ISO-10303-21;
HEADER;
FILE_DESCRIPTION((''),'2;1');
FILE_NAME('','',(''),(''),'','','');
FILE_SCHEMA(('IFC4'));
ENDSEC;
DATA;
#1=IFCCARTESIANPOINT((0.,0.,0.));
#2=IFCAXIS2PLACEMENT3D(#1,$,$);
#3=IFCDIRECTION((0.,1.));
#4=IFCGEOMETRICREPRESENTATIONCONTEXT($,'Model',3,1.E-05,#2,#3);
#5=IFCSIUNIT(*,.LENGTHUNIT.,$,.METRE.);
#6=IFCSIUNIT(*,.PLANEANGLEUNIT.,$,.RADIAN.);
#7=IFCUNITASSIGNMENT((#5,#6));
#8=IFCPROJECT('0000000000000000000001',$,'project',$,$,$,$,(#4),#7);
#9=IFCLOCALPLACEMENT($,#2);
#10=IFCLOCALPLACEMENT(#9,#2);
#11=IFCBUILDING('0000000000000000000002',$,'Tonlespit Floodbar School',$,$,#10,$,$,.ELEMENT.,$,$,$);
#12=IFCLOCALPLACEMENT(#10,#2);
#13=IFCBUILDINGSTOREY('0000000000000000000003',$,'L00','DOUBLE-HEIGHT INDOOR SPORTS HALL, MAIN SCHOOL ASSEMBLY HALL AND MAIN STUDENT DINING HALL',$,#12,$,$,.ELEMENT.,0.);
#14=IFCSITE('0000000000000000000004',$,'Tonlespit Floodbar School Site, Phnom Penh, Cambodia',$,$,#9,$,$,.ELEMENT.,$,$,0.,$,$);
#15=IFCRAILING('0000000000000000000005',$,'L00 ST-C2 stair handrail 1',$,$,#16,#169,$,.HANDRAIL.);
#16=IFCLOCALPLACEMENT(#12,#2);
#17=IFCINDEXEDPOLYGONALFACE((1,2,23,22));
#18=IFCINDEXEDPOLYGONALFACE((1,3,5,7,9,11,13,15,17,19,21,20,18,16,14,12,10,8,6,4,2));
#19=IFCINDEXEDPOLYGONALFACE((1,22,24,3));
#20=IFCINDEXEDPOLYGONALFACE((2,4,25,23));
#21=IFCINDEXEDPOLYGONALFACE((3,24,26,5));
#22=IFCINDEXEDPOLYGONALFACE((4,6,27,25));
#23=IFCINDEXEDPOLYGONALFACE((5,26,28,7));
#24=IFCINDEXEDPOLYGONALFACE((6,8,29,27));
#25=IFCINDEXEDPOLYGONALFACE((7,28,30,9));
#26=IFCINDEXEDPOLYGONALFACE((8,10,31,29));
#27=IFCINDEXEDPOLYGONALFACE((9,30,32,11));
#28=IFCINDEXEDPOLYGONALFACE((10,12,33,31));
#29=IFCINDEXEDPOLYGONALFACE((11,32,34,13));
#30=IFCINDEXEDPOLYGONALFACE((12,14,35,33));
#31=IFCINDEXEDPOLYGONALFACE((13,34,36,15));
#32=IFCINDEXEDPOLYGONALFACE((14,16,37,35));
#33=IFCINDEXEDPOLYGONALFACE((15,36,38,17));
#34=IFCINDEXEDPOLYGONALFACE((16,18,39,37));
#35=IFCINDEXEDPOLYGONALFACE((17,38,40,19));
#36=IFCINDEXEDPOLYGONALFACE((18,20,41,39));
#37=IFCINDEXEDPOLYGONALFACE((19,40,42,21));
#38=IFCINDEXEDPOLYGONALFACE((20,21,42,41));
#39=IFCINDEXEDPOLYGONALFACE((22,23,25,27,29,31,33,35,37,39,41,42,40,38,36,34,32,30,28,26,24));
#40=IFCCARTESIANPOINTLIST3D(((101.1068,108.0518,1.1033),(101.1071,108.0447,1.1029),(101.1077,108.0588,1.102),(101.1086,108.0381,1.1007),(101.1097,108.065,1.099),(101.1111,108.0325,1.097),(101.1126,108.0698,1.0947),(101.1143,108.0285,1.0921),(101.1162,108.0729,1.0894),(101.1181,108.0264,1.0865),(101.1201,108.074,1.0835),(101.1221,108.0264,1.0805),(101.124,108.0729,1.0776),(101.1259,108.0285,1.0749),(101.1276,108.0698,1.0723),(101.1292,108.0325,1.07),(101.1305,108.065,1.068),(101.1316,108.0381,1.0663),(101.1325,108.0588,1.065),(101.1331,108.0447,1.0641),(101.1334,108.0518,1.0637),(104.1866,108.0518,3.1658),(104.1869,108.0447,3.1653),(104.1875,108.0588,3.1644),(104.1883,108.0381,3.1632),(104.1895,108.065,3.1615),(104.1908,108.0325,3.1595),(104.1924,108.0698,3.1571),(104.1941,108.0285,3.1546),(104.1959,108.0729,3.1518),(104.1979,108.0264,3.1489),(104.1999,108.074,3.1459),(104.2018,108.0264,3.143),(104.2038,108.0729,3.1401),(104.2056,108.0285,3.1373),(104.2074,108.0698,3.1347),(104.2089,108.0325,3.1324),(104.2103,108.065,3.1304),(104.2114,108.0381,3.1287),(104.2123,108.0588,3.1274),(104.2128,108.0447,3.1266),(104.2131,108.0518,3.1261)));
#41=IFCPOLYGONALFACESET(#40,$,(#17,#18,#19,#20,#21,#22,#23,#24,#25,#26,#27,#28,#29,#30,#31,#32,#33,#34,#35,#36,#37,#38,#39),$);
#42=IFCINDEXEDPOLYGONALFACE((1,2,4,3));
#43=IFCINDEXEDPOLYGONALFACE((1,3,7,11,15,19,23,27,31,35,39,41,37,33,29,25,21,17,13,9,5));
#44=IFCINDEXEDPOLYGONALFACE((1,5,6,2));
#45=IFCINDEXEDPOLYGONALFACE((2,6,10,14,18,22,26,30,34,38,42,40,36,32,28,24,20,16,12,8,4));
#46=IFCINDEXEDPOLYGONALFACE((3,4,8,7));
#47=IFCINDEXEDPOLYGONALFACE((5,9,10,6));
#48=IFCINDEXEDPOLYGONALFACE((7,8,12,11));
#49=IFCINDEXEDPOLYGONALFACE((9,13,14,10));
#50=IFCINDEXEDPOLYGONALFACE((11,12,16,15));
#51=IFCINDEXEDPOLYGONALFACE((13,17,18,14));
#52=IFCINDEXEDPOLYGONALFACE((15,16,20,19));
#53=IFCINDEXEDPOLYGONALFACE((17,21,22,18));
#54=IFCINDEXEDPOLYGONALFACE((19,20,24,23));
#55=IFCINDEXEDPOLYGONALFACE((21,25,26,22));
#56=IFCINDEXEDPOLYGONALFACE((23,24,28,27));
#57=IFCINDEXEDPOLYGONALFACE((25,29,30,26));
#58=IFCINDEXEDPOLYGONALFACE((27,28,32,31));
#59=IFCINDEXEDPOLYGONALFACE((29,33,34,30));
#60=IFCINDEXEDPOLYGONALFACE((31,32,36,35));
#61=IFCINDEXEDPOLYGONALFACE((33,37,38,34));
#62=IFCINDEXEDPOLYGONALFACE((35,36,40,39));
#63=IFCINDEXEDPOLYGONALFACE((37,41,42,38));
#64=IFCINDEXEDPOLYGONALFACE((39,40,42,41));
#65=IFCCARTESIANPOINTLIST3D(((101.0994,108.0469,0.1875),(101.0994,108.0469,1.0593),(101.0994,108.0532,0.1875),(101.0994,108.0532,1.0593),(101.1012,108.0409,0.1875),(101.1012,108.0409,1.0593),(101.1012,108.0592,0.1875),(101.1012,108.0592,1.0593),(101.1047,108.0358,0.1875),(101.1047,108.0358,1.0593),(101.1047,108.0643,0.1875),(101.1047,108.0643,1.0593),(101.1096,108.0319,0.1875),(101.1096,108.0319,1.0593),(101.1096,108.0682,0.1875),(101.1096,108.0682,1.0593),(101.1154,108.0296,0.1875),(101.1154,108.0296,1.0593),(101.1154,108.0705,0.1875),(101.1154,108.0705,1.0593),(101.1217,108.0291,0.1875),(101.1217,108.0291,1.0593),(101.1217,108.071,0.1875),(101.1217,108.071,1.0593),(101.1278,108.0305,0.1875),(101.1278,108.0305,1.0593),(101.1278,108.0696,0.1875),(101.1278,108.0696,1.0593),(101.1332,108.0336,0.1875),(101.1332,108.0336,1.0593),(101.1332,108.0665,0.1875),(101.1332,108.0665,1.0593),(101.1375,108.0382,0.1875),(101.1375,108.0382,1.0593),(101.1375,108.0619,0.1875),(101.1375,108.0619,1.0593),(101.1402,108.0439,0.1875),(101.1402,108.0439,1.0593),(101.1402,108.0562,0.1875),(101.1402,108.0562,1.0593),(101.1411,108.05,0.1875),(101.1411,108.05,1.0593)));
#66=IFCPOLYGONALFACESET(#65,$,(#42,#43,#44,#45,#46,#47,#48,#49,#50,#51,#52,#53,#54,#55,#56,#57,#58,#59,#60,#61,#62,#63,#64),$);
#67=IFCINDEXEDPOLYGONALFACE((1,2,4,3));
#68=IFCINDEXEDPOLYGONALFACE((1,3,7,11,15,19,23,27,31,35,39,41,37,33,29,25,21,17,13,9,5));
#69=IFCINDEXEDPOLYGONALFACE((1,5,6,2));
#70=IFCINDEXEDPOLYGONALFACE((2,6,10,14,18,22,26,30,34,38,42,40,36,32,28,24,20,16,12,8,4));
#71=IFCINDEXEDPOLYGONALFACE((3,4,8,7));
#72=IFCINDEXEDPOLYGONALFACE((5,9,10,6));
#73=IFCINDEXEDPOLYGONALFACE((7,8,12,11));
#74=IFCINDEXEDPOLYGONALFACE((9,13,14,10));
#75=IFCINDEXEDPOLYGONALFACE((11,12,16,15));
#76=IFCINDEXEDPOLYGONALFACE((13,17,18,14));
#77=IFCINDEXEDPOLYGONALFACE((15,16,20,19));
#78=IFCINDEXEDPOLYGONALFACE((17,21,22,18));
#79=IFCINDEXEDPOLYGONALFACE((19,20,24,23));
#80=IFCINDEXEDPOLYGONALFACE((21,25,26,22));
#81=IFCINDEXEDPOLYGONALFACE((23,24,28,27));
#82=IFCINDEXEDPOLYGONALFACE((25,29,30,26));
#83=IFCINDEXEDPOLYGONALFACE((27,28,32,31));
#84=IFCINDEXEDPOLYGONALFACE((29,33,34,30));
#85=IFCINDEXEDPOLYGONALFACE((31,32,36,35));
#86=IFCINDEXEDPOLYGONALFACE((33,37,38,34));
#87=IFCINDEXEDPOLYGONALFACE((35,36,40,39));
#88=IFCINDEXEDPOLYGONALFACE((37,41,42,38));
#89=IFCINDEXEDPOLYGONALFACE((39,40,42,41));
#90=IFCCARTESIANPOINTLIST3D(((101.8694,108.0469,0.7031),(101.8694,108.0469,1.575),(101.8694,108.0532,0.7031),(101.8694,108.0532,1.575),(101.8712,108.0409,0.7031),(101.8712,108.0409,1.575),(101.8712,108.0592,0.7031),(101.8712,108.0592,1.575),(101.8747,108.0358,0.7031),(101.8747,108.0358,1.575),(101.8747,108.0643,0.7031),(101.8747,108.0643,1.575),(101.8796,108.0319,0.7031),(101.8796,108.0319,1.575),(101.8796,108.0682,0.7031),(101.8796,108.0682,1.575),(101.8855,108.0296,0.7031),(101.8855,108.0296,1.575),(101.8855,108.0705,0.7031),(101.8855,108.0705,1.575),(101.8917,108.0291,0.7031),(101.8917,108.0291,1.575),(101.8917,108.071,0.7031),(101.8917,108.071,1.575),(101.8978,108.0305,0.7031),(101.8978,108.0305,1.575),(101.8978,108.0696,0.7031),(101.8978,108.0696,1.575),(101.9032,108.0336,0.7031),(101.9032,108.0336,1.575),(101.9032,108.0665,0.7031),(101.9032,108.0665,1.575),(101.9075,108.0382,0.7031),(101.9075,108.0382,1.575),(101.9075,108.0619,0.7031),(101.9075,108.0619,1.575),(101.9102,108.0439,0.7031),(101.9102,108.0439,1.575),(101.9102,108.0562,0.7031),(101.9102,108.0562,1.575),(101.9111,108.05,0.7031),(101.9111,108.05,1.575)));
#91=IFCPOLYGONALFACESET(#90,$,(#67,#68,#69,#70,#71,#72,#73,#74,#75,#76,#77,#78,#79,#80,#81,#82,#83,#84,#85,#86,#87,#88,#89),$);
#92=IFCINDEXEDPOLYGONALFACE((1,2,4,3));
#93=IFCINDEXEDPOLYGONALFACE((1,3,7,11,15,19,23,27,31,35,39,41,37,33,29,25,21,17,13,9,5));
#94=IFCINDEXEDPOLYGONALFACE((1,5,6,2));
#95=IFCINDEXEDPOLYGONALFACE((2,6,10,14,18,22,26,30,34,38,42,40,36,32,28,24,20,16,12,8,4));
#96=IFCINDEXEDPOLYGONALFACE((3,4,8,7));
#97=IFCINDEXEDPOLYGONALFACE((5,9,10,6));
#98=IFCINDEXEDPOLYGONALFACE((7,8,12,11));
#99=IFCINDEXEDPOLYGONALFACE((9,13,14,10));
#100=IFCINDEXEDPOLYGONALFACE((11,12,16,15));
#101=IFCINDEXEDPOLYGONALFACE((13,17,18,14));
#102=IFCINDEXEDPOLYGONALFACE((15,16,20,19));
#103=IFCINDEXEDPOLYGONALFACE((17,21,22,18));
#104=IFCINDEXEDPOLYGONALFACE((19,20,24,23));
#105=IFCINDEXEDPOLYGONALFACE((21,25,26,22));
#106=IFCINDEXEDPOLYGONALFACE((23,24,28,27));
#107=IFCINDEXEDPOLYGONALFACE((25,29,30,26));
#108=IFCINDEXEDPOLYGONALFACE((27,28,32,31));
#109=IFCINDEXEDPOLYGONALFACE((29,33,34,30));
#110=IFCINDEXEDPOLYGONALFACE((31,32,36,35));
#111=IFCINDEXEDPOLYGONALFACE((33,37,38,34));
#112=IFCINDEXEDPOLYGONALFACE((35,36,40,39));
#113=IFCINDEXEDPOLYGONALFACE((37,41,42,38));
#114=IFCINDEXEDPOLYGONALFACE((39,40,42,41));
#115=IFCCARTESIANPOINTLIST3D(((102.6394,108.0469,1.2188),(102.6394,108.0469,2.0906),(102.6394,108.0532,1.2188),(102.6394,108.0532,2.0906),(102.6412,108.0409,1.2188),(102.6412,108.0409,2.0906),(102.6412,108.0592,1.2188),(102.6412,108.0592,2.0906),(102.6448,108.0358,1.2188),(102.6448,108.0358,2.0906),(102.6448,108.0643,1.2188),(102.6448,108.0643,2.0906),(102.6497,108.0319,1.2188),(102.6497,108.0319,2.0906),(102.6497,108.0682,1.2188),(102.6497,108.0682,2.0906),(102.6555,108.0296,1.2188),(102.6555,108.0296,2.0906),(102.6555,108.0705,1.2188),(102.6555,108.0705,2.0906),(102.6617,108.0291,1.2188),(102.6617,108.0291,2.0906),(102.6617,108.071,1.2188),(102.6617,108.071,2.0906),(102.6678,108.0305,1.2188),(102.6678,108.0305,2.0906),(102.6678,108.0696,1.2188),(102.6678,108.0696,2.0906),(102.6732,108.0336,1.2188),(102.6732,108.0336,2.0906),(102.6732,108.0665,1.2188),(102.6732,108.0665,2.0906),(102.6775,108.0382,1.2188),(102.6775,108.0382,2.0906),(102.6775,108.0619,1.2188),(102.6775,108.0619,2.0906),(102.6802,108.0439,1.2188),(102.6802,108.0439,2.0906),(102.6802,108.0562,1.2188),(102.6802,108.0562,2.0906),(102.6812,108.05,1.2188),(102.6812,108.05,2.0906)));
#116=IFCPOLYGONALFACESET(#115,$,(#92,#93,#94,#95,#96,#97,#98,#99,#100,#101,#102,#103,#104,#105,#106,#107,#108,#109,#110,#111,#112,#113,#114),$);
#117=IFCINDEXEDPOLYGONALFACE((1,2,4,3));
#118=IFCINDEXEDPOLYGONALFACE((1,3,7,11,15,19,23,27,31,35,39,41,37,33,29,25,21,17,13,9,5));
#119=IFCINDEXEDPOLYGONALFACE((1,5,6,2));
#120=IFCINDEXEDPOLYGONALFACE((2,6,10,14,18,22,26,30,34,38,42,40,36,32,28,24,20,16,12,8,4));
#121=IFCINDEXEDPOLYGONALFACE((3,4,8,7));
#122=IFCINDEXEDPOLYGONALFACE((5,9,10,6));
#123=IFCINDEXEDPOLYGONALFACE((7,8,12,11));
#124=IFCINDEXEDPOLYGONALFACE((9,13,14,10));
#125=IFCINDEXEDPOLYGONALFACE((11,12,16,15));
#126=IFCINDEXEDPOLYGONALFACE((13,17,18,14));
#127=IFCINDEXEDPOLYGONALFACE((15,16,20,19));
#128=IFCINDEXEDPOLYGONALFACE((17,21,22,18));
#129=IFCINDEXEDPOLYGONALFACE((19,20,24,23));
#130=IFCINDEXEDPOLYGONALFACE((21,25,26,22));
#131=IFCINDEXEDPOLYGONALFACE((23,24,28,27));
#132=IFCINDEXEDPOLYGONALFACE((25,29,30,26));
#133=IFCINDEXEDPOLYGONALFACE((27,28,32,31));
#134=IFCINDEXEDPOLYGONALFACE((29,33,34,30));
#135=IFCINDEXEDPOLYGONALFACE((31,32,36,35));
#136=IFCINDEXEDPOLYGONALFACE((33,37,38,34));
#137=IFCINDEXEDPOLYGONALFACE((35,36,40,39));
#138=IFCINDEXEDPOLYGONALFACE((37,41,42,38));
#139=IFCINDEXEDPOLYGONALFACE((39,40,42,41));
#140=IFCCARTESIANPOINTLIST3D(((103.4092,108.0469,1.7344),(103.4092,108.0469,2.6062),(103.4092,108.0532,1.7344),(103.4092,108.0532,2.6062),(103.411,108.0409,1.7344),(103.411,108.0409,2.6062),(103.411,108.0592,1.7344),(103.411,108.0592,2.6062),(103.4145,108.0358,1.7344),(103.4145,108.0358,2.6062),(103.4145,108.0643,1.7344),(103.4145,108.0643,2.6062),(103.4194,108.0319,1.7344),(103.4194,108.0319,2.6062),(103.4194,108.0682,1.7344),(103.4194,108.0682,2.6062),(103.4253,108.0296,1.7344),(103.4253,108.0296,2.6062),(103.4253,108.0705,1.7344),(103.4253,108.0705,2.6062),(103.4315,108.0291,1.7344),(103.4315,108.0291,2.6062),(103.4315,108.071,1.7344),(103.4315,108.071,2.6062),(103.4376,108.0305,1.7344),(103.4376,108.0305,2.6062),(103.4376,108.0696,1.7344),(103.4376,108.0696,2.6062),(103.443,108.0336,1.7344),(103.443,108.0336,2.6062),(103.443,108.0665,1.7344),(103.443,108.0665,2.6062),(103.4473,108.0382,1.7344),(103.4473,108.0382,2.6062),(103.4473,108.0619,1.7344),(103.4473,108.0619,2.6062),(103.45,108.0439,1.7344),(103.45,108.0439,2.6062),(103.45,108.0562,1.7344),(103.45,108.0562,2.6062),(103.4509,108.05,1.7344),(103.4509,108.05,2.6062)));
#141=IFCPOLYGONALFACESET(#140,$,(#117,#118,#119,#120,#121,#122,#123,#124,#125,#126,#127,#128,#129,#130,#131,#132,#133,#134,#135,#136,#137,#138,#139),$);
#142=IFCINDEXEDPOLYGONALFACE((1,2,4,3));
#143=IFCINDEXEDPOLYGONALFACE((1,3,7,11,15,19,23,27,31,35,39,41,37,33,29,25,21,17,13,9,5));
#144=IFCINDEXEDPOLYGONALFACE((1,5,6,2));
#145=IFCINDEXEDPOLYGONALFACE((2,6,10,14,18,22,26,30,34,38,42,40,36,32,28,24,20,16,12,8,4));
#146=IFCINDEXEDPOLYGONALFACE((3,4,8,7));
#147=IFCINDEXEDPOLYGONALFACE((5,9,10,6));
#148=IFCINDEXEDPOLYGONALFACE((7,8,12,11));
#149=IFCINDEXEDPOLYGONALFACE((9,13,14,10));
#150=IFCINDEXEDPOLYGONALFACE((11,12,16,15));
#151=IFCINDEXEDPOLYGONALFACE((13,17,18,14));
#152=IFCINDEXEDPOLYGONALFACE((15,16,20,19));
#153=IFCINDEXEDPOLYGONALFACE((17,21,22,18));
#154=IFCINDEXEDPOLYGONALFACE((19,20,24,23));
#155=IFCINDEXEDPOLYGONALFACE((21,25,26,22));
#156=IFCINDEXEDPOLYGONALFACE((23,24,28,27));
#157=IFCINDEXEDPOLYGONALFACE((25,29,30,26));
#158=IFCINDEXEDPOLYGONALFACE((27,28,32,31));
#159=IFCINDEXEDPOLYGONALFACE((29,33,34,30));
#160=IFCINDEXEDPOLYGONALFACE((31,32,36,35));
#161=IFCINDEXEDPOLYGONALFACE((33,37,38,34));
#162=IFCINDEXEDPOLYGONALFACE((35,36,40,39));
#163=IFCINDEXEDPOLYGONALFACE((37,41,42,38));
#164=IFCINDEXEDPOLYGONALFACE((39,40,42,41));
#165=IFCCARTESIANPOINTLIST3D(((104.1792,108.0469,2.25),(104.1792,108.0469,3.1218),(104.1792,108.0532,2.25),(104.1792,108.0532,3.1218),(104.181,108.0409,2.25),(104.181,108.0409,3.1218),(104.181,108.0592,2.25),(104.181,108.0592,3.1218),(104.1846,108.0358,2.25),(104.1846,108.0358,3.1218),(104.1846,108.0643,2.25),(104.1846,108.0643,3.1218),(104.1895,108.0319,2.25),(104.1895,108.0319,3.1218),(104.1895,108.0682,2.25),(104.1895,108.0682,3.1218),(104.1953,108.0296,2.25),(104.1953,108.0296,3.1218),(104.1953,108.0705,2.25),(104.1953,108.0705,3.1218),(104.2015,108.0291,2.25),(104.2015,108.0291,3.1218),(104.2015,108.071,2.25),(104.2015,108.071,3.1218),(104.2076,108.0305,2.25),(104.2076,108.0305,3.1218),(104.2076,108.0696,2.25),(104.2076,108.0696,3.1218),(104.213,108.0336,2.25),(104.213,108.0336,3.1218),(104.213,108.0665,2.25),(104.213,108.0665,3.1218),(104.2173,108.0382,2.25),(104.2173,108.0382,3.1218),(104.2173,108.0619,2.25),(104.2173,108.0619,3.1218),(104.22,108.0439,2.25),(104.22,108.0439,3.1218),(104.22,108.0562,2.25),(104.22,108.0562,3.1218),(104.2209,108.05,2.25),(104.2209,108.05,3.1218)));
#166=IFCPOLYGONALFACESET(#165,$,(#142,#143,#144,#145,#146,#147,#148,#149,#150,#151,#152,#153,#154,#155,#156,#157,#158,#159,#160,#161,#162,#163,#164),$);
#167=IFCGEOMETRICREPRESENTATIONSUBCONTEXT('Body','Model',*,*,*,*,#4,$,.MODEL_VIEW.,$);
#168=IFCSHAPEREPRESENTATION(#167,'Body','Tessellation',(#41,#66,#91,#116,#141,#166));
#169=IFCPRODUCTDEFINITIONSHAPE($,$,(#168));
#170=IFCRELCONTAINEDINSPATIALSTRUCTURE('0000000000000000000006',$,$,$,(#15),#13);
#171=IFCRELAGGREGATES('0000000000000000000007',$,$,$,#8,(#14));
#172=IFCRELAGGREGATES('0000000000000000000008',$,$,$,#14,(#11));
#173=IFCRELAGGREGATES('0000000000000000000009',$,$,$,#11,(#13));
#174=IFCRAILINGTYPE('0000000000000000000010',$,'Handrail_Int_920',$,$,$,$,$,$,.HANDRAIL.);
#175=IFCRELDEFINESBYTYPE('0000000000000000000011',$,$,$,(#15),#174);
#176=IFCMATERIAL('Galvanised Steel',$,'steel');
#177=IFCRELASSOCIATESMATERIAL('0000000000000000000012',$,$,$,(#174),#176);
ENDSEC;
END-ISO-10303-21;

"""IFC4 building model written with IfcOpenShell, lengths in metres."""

from ifc_helpers import new_model, si_unit, direction, frame, origin, origin_2d, place, context, subcontext, project, spatial, circle, extrude, material, type_object, element, save


model = new_model("IFC4")

# Units and contexts
model_context = context("Model", 3, precision=1e-05, world=origin(), true_north=direction((0.0, 1.0)))
body_context = subcontext(model_context, "Body", "Model", "MODEL_VIEW")
ifc_project = project(units=[si_unit("LENGTHUNIT", "METRE"), si_unit("PLANEANGLEUNIT", "RADIAN")], contexts=[model_context])

# Site, building, storey
site_placement = place(None, origin())
site = spatial("IfcSite", under=ifc_project, at=site_placement, Name="Tonlespit Floodbar School Site, Phnom Penh, Cambodia", CompositionType="ELEMENT", RefElevation=0.0)
building_placement = place(site_placement, origin())
building = spatial("IfcBuilding", under=site, at=building_placement, Name="Tonlespit Floodbar School", CompositionType="ELEMENT")
storey_placement = place(building_placement, origin())
storey = spatial("IfcBuildingStorey", under=building, at=storey_placement, Name="L00", Description="DOUBLE-HEIGHT INDOOR SPORTS HALL, MAIN SCHOOL ASSEMBLY HALL AND MAIN STUDENT DINING HALL", CompositionType="ELEMENT", Elevation=0.0)

# Shared definitions
ifc_material_1 = material(Name="Galvanised Steel", Category="steel")

# Railing
railing_type_1 = type_object("IfcRailingType", Name="Handrail_Int_920", PredefinedType="HANDRAIL", material=ifc_material_1)
railing_1_placement = place(storey_placement, frame((101.1201, 108.05, 0.1875)))
element("IfcRailing", 1, at=railing_1_placement, inside=storey, type_object=railing_type_1, Name="L00 ST-C2 stair handrail 1", PredefinedType="HANDRAIL", context=body_context, shape_type="SweptSolid", body=[
    extrude(circle(Radius=0.0239, at=origin_2d()), frame((0.0, 0.0, 0.896), z_axis=(0.830893, 0.0, 0.556432), x_axis=(0.0, 1.0, 0.0)), (0.0, 0.0, 1.0), 3.7065),
    extrude(circle(Radius=0.021, at=origin_2d()), origin(), (0.0, 0.0, 1.0), 0.8718),
    extrude(circle(Radius=0.021, at=origin_2d()), frame((0.77, 0.0, 0.5156)), (0.0, 0.0, 1.0), 0.8718),
    extrude(circle(Radius=0.021, at=origin_2d()), frame((1.54, 0.0, 1.0312)), (0.0, 0.0, 1.0), 0.8718),
    extrude(circle(Radius=0.021, at=origin_2d()), frame((2.3098, 0.0, 1.5469)), (0.0, 0.0, 1.0), 0.8718),
    extrude(circle(Radius=0.021, at=origin_2d()), frame((3.0798, 0.0, 2.0625)), (0.0, 0.0, 1.0), 0.8718),
])

save(model, "model.ifc")
